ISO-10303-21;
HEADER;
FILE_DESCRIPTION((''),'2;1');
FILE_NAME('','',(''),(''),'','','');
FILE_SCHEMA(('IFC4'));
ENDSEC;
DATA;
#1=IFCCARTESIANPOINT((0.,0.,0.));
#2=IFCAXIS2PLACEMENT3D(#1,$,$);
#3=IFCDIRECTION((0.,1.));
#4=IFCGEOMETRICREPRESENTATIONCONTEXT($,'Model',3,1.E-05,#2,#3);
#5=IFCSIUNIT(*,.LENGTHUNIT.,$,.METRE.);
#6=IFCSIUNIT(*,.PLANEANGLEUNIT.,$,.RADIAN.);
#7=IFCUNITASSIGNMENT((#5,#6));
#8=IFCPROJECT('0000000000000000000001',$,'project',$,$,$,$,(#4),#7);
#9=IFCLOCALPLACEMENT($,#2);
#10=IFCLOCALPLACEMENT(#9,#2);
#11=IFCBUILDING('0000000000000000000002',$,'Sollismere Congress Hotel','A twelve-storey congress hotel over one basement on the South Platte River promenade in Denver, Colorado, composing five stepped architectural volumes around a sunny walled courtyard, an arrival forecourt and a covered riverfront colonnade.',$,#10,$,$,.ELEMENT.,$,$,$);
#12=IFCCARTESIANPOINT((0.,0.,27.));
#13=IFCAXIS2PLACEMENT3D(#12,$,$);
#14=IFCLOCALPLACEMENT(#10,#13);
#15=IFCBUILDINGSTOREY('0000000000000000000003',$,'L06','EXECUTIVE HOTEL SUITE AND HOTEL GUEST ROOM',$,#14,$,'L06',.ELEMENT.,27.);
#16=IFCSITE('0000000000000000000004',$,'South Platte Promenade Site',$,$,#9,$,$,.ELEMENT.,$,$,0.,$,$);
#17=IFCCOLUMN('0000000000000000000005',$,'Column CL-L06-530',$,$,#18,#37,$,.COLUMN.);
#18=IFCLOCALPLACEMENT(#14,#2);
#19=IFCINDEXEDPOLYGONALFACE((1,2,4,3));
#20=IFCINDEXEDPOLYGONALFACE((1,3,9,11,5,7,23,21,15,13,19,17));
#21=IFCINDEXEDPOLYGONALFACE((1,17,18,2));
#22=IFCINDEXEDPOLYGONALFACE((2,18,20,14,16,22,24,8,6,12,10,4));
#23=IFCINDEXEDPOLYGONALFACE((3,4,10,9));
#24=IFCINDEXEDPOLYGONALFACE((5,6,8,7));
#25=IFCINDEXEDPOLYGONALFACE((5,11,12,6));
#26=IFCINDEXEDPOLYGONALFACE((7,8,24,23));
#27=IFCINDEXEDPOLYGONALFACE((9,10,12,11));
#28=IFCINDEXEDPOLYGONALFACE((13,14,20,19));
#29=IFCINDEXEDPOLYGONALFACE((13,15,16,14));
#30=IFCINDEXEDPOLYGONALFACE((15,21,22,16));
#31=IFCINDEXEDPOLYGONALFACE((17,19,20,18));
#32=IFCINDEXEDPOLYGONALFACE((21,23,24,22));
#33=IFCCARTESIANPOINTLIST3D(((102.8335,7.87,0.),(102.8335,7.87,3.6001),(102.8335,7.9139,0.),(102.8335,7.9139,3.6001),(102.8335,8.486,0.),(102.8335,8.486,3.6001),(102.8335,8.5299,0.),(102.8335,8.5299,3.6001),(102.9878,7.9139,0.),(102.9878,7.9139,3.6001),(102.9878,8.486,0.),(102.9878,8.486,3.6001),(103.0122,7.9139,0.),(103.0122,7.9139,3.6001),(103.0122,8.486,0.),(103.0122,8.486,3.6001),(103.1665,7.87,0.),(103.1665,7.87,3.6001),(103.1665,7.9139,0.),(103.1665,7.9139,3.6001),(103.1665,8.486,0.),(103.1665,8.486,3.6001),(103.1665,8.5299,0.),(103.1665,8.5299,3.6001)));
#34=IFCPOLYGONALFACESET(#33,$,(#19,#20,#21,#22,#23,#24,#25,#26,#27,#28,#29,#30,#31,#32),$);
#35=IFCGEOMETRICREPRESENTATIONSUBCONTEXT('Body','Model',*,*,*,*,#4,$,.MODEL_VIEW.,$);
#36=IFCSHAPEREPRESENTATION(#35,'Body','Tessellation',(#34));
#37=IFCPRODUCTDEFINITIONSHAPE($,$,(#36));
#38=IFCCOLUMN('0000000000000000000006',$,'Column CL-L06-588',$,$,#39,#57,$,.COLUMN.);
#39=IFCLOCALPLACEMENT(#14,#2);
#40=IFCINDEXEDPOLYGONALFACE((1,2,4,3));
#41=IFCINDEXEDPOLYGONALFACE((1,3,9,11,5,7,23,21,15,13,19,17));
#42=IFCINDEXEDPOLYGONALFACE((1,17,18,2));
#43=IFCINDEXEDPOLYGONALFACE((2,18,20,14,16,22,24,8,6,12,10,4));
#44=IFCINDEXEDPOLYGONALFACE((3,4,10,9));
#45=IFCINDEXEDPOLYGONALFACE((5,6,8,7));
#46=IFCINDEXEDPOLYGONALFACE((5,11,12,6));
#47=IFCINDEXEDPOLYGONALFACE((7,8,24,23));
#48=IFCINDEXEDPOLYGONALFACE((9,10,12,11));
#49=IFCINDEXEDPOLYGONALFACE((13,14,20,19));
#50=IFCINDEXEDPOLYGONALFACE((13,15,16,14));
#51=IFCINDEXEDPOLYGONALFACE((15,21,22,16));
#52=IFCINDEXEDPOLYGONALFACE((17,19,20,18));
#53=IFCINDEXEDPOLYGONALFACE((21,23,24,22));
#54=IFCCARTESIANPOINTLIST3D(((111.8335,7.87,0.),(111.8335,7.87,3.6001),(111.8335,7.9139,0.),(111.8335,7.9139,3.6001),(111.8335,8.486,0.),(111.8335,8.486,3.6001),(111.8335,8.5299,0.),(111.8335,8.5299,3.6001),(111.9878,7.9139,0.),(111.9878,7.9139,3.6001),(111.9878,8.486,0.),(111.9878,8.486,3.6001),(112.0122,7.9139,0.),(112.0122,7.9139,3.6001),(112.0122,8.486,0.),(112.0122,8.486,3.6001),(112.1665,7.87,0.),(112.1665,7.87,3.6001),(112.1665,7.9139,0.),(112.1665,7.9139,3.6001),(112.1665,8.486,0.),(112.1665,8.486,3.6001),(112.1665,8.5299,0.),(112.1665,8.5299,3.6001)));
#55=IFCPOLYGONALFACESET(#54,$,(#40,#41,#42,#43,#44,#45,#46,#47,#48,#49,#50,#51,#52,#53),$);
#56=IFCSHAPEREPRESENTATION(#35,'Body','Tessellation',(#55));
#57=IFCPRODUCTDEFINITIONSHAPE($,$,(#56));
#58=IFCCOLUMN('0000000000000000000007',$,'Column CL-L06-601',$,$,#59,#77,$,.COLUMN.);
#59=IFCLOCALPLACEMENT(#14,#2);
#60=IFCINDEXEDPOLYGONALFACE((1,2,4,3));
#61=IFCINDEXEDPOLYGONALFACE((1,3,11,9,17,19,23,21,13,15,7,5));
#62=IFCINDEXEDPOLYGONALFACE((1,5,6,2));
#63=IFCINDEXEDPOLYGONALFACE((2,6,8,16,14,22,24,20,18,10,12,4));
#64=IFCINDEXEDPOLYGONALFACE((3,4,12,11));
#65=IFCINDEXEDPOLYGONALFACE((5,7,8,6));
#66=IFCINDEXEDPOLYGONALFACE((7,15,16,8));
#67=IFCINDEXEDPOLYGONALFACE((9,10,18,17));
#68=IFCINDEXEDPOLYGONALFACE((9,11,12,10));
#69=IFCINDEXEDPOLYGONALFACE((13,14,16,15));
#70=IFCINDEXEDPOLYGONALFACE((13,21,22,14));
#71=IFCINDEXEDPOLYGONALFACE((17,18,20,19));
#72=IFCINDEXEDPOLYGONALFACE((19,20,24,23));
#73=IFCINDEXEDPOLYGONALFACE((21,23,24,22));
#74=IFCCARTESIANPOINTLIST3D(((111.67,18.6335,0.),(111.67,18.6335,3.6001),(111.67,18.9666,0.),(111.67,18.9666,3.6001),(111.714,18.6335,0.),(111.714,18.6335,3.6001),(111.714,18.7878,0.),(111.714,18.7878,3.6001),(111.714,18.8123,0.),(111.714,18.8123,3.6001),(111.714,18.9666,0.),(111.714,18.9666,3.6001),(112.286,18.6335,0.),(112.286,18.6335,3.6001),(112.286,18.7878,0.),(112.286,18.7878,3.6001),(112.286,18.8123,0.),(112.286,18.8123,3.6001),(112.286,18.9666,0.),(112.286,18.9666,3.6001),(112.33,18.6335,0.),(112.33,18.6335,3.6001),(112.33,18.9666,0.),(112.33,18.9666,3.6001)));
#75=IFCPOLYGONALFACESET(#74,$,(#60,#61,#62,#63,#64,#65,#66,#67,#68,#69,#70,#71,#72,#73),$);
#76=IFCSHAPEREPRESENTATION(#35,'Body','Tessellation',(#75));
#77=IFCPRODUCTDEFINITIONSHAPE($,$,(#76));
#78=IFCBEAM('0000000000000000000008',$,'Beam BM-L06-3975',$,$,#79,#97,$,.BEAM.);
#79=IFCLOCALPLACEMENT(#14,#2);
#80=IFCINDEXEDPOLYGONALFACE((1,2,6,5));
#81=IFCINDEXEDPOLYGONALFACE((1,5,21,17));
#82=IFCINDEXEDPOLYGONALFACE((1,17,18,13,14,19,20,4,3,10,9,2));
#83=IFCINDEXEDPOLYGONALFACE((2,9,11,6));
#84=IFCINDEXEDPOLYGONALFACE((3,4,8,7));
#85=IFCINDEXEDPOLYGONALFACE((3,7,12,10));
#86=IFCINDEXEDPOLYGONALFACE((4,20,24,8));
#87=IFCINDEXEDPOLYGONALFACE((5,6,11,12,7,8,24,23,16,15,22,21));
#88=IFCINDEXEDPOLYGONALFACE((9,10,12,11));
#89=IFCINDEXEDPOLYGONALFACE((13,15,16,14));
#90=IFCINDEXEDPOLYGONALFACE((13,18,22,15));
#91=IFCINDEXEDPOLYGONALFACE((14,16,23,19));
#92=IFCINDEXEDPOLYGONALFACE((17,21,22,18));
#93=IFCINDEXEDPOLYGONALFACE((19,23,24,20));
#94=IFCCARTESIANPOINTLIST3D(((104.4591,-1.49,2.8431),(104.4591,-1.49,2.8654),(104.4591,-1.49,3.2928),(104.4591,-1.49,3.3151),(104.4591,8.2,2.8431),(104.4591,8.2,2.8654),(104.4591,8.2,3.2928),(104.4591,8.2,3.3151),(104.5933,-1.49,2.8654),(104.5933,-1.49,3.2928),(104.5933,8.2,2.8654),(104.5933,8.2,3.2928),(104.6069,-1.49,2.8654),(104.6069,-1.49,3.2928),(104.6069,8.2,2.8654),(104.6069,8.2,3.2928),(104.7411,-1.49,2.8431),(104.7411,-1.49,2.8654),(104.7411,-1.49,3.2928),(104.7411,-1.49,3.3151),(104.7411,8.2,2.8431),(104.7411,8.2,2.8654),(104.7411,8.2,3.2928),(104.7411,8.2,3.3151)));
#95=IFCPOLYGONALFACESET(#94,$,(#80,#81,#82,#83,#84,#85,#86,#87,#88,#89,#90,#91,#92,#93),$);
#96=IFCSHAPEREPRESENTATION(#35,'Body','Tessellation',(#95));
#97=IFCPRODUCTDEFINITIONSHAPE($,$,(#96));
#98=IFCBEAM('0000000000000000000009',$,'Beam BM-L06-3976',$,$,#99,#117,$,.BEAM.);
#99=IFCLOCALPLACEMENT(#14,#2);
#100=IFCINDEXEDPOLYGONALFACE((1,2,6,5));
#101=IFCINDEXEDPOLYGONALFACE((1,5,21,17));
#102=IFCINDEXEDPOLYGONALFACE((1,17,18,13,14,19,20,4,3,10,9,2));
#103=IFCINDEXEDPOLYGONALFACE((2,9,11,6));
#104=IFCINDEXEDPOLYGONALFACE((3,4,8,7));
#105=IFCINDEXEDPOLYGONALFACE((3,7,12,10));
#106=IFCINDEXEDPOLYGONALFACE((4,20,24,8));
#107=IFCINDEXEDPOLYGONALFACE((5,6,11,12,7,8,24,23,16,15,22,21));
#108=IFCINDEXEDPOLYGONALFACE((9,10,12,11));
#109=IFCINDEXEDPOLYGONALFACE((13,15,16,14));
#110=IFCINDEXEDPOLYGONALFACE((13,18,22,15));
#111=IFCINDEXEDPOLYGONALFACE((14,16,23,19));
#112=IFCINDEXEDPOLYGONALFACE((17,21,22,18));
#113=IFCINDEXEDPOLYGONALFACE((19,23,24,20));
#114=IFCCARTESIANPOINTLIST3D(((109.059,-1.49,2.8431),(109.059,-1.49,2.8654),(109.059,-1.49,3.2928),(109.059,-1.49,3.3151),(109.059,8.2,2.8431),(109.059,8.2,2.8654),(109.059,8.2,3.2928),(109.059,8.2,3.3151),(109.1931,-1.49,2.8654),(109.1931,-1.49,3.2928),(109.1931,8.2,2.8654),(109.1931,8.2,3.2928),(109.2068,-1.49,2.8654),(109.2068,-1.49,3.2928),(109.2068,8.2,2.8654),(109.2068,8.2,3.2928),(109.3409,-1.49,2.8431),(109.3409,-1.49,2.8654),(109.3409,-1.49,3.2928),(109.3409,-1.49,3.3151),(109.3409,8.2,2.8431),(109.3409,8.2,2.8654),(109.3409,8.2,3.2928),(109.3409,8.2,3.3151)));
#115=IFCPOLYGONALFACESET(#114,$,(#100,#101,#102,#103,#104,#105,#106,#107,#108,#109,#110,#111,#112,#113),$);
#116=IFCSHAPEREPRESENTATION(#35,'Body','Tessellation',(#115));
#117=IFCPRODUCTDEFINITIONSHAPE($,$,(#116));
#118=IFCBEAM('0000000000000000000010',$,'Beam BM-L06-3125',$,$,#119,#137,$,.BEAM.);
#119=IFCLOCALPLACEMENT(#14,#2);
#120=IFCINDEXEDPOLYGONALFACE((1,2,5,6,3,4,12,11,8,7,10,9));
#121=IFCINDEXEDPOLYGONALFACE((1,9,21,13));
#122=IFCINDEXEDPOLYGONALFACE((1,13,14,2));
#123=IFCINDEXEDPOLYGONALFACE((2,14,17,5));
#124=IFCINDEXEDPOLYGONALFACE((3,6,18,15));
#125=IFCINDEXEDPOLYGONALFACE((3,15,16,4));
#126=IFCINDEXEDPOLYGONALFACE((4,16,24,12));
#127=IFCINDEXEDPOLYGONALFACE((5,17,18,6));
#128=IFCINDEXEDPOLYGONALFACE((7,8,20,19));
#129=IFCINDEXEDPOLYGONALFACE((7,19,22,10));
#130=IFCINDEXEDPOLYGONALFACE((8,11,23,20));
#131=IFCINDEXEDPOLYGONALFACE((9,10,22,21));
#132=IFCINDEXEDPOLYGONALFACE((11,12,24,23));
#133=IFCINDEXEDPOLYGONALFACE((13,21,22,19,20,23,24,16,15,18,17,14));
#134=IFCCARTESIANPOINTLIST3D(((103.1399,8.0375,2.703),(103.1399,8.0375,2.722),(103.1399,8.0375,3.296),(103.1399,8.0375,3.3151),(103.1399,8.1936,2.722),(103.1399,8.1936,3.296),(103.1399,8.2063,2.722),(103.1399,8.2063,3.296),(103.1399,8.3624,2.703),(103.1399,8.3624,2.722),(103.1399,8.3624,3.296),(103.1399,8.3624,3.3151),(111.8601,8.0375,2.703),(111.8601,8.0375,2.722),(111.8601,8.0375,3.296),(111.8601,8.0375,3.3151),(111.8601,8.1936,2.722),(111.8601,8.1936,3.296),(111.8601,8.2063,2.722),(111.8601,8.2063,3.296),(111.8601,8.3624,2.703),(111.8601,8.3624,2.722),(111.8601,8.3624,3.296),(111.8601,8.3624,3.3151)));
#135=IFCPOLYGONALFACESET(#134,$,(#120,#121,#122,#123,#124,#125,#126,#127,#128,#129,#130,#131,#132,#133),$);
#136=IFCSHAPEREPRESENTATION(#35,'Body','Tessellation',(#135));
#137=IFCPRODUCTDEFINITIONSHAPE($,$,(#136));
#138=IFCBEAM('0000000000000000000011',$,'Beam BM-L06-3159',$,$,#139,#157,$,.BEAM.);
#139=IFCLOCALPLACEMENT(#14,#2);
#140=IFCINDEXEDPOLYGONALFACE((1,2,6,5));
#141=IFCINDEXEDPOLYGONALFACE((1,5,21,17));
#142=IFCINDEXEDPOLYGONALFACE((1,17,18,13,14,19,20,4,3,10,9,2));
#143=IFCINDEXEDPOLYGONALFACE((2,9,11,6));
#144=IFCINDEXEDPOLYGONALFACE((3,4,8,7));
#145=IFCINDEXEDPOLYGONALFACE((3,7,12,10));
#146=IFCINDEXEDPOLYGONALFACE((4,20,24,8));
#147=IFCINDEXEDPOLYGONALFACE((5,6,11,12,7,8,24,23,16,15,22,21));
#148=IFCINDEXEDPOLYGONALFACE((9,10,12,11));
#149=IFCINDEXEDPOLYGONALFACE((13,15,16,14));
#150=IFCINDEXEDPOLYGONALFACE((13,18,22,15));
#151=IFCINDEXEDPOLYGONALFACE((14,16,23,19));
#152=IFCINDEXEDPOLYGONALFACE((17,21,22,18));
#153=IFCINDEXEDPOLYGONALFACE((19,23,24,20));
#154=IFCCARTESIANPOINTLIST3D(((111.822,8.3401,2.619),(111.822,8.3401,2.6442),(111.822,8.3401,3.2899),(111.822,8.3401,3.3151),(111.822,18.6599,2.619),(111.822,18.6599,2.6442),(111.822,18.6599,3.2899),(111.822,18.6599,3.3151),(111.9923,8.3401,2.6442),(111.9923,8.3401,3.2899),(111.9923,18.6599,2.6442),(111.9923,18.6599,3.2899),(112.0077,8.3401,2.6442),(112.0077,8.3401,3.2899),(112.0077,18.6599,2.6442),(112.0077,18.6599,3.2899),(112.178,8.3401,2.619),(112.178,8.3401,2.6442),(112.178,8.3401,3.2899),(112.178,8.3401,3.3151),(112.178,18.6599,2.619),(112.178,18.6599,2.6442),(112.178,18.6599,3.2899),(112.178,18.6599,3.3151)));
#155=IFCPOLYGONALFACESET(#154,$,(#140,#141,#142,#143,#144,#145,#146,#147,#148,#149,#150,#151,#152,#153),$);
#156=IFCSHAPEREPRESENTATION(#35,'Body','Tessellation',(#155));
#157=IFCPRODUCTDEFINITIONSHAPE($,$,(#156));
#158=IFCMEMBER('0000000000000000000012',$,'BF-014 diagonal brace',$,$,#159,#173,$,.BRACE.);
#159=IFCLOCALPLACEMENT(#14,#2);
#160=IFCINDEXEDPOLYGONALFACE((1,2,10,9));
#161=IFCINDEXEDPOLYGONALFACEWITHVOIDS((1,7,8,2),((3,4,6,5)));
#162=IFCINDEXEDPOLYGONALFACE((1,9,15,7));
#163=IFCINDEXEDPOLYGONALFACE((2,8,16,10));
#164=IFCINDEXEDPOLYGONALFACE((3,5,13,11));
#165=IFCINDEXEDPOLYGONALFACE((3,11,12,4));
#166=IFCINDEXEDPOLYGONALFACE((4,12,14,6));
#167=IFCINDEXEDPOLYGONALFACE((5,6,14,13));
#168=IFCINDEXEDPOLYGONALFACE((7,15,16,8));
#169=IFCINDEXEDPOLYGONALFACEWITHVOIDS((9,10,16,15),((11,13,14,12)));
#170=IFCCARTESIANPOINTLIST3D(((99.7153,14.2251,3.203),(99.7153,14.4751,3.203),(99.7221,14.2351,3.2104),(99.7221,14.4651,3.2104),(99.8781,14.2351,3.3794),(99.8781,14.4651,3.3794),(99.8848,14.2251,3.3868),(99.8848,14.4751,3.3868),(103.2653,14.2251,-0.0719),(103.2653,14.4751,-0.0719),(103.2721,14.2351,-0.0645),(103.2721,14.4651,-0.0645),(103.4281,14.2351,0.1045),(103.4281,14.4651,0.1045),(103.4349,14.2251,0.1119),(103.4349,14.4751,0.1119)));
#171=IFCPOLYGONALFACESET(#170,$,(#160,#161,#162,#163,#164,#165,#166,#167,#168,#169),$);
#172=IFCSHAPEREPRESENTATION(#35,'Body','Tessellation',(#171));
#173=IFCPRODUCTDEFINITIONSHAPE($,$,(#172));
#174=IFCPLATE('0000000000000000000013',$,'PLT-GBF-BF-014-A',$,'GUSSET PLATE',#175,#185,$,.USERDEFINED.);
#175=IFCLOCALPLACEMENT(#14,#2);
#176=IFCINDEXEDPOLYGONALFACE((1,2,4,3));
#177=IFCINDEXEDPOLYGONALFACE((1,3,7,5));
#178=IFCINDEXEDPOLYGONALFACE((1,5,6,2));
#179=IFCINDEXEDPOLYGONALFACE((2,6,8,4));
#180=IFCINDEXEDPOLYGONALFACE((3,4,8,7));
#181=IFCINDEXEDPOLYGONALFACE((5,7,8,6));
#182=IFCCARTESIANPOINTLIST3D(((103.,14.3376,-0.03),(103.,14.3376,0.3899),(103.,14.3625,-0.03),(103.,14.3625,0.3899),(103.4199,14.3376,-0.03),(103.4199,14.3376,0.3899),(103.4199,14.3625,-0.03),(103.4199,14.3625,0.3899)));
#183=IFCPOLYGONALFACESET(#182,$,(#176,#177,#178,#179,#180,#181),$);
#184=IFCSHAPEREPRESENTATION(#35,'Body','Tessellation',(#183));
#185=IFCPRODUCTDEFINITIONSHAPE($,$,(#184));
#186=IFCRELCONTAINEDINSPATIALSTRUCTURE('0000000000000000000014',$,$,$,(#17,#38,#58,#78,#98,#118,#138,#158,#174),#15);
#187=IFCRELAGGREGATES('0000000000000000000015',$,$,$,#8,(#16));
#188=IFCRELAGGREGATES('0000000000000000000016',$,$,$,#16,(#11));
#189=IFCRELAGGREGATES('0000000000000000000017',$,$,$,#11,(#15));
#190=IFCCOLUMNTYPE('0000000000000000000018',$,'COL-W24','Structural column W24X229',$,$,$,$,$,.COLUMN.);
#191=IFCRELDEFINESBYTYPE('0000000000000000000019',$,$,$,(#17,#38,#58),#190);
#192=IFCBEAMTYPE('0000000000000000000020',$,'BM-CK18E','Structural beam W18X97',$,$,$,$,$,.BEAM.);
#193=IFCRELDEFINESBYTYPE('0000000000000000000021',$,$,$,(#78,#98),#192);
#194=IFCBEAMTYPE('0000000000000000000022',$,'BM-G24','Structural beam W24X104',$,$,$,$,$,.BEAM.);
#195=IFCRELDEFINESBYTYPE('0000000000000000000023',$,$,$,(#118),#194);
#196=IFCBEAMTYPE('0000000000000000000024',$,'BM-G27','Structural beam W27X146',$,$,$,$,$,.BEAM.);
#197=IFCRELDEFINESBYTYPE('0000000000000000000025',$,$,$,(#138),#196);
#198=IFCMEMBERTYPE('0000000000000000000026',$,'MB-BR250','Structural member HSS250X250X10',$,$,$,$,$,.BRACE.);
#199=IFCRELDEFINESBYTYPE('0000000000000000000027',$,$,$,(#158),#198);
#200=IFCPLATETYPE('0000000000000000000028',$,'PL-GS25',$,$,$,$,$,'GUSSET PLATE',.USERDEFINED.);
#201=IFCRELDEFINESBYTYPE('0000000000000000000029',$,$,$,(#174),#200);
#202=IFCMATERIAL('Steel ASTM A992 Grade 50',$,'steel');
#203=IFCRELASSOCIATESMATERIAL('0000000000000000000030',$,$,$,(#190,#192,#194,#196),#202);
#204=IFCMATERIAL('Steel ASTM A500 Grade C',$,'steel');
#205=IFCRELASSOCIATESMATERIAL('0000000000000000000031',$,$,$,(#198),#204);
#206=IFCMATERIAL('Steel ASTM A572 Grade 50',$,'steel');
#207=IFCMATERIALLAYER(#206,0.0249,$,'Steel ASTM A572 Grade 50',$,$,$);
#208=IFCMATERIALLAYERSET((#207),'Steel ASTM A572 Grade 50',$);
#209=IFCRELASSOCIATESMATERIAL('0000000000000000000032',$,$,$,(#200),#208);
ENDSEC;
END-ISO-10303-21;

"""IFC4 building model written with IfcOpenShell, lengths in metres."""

from ifc_helpers import new_model, si_unit, direction, frame, origin, origin_2d, place, context, subcontext, project, spatial, rectangle, hollow_rectangle, i_section, extrude, material, layer, layer_set, material_profile, profile_set, type_object, element, save


model = new_model("IFC4")

# Units and contexts
model_context = context("Model", 3, precision=1e-05, world=origin(), true_north=direction((0.0, 1.0)))
body_context = subcontext(model_context, "Body", "Model", "MODEL_VIEW")
ifc_project = project(units=[si_unit("LENGTHUNIT", "METRE"), si_unit("PLANEANGLEUNIT", "RADIAN")], contexts=[model_context])

# Site, building, storey
site_placement = place(None, origin())
site = spatial("IfcSite", under=ifc_project, at=site_placement, Name="South Platte Promenade Site", CompositionType="ELEMENT", RefElevation=0.0)
building_placement = place(site_placement, origin())
building = spatial("IfcBuilding", under=site, at=building_placement, Name="Sollismere Congress Hotel", Description="A twelve-storey congress hotel over one basement on the South Platte River promenade in Denver, Colorado, composing five stepped architectural volumes around a sunny walled courtyard, an arrival forecourt and a covered riverfront colonnade.", CompositionType="ELEMENT")
storey_placement = place(building_placement, frame((0.0, 0.0, 27.0)))
storey = spatial("IfcBuildingStorey", under=building, at=storey_placement, Name="L06", Description="EXECUTIVE HOTEL SUITE AND HOTEL GUEST ROOM", LongName="L06", CompositionType="ELEMENT", Elevation=27.0)

# Columns
ifc_material_1 = material(Name="Steel ASTM A992 Grade 50", Category="steel")
ifc_material_profile_1 = material_profile(ifc_material_1, i_section(OverallWidth=0.333, OverallDepth=0.6599, WebThickness=0.0244, FlangeThickness=0.0439, at=origin_2d()), Name="W24X229")
ifc_profile_set_1 = profile_set([ifc_material_profile_1], Name="Steel ASTM A992 Grade 50")
column_type = type_object("IfcColumnType", Name="COL-W24", Description="Structural column W24X229", PredefinedType="COLUMN", material=ifc_profile_set_1)
for number, where, z_axis, x_axis, name in (
    (1, (103.0, 8.2, 0.0), (0.0, 0.0, 1.0), (1.0, 0.0, 0.0), "Column CL-L06-530"),
    (2, (112.0, 8.2, 0.0), (0.0, 0.0, 1.0), (1.0, 0.0, 0.0), "Column CL-L06-588"),
    (3, (112.0, 18.8, 0.0), (0.0, 0.0, 1.0), (0.0, 1.0, 0.0), "Column CL-L06-601"),
):
    element("IfcColumn", number, at=place(storey_placement, frame(where, z_axis=z_axis, x_axis=x_axis)), inside=storey, type_object=column_type, Name=name, PredefinedType="COLUMN", context=body_context, shape_type="SweptSolid", body=[
        extrude(i_section(OverallWidth=0.333, OverallDepth=0.6599, WebThickness=0.0244, FlangeThickness=0.0439, at=origin_2d()), origin(), (0.0, 0.0, 1.0), 3.6001),
    ])

# Beams
ifc_material_profile_2 = material_profile(ifc_material_1, i_section(OverallWidth=0.282, OverallDepth=0.4719, WebThickness=0.0137, FlangeThickness=0.0222, at=origin_2d()), Name="W18X97")
ifc_profile_set_2 = profile_set([ifc_material_profile_2], Name="Steel ASTM A992 Grade 50")
beam_type_1 = type_object("IfcBeamType", Name="BM-CK18E", Description="Structural beam W18X97", PredefinedType="BEAM", material=ifc_profile_set_2)
for number, where, z_axis, x_axis, name in (
    (4, (104.6001, 8.2, 3.0791), (0.0, -1.0, 0.0), (1.0, 0.0, 0.0), "Beam BM-L06-3975"),
    (5, (109.2, 8.2, 3.0791), (0.0, -1.0, 0.0), (1.0, 0.0, 0.0), "Beam BM-L06-3976"),
):
    element("IfcBeam", number, at=place(storey_placement, frame(where, z_axis=z_axis, x_axis=x_axis)), inside=storey, type_object=beam_type_1, Name=name, PredefinedType="BEAM", context=body_context, shape_type="SweptSolid", body=[
        extrude(i_section(OverallWidth=0.282, OverallDepth=0.4719, WebThickness=0.0137, FlangeThickness=0.0222, at=origin_2d()), origin(), (0.0, 0.0, 1.0), 9.6899),
    ])
ifc_material_profile_3 = material_profile(ifc_material_1, i_section(OverallWidth=0.325, OverallDepth=0.6121, WebThickness=0.0127, FlangeThickness=0.019, at=origin_2d()), Name="W24X104")
ifc_profile_set_3 = profile_set([ifc_material_profile_3], Name="Steel ASTM A992 Grade 50")
beam_type_2 = type_object("IfcBeamType", Name="BM-G24", Description="Structural beam W24X104", PredefinedType="BEAM", material=ifc_profile_set_3)
beam_1_placement = place(storey_placement, frame((103.1399, 8.2, 3.009), z_axis=(1.0, 0.0, 0.0), x_axis=(0.0, 1.0, 0.0)))
element("IfcBeam", 6, at=beam_1_placement, inside=storey, type_object=beam_type_2, Name="Beam BM-L06-3125", PredefinedType="BEAM", context=body_context, shape_type="SweptSolid", body=[
    extrude(i_section(OverallWidth=0.325, OverallDepth=0.6121, WebThickness=0.0127, FlangeThickness=0.019, at=origin_2d()), origin(), (0.0, 0.0, 1.0), 8.7202),
])
ifc_material_profile_4 = material_profile(ifc_material_1, i_section(OverallWidth=0.356, OverallDepth=0.696, WebThickness=0.0154, FlangeThickness=0.0251, at=origin_2d()), Name="W27X146")
ifc_profile_set_4 = profile_set([ifc_material_profile_4], Name="Steel ASTM A992 Grade 50")
beam_type_3 = type_object("IfcBeamType", Name="BM-G27", Description="Structural beam W27X146", PredefinedType="BEAM", material=ifc_profile_set_4)
beam_2_placement = place(storey_placement, frame((112.0, 8.3401, 2.967), z_axis=(0.0, 1.0, 0.0), x_axis=(-1.0, 0.0, 0.0)))
element("IfcBeam", 7, at=beam_2_placement, inside=storey, type_object=beam_type_3, Name="Beam BM-L06-3159", PredefinedType="BEAM", context=body_context, shape_type="SweptSolid", body=[
    extrude(i_section(OverallWidth=0.356, OverallDepth=0.696, WebThickness=0.0154, FlangeThickness=0.0251, at=origin_2d()), origin(), (0.0, 0.0, 1.0), 10.3198),
])

# Member
ifc_material_2 = material(Name="Steel ASTM A500 Grade C", Category="steel")
ifc_material_profile_5 = material_profile(ifc_material_2, hollow_rectangle(XDim=0.25, YDim=0.25, WallThickness=0.01, at=origin_2d()), Name="HSS250X250X10")
ifc_profile_set_5 = profile_set([ifc_material_profile_5], Name="Steel ASTM A500 Grade C")
member_type = type_object("IfcMemberType", Name="MB-BR250", Description="Structural member HSS250X250X10", PredefinedType="BRACE", material=ifc_profile_set_5)
member_placement = place(storey_placement, frame((103.3501, 14.3501, 0.02), z_axis=(-0.735017, 0.0, 0.678049), x_axis=(0.0, -1.0, 0.0)))
element("IfcMember", 8, at=member_placement, inside=storey, type_object=member_type, Name="BF-014 diagonal brace", PredefinedType="BRACE", context=body_context, shape_type="SweptSolid", body=[
    extrude(hollow_rectangle(XDim=0.25, YDim=0.25, WallThickness=0.01, at=origin_2d()), origin(), (0.0, 0.0, 1.0), 4.8298),
])

# Plate
ifc_material_3 = material(Name="Steel ASTM A572 Grade 50", Category="steel")
ifc_layer_1 = layer(ifc_material_3, 0.0249, Name="Steel ASTM A572 Grade 50")
ifc_layer_set_1 = layer_set([ifc_layer_1], Name="Steel ASTM A572 Grade 50")
plate_type = type_object("IfcPlateType", Name="PL-GS25", ElementType="GUSSET PLATE", PredefinedType="USERDEFINED", material=ifc_layer_set_1)
for number, where, z_axis, x_axis, name in (
    (9, (103.21, 14.3501, -0.03), (0.0, 0.0, 1.0), (1.0, 0.0, 0.0), "PLT-GBF-BF-014-A"),
):
    element("IfcPlate", number, at=place(storey_placement, frame(where, z_axis=z_axis, x_axis=x_axis)), inside=storey, type_object=plate_type, Name=name, ObjectType="GUSSET PLATE", PredefinedType="USERDEFINED", context=body_context, shape_type="SweptSolid", body=[
        extrude(rectangle(XDim=0.4199, YDim=0.0249, at=origin_2d()), origin(), (0.0, 0.0, 1.0), 0.4199),
    ])

save(model, "model.ifc")
